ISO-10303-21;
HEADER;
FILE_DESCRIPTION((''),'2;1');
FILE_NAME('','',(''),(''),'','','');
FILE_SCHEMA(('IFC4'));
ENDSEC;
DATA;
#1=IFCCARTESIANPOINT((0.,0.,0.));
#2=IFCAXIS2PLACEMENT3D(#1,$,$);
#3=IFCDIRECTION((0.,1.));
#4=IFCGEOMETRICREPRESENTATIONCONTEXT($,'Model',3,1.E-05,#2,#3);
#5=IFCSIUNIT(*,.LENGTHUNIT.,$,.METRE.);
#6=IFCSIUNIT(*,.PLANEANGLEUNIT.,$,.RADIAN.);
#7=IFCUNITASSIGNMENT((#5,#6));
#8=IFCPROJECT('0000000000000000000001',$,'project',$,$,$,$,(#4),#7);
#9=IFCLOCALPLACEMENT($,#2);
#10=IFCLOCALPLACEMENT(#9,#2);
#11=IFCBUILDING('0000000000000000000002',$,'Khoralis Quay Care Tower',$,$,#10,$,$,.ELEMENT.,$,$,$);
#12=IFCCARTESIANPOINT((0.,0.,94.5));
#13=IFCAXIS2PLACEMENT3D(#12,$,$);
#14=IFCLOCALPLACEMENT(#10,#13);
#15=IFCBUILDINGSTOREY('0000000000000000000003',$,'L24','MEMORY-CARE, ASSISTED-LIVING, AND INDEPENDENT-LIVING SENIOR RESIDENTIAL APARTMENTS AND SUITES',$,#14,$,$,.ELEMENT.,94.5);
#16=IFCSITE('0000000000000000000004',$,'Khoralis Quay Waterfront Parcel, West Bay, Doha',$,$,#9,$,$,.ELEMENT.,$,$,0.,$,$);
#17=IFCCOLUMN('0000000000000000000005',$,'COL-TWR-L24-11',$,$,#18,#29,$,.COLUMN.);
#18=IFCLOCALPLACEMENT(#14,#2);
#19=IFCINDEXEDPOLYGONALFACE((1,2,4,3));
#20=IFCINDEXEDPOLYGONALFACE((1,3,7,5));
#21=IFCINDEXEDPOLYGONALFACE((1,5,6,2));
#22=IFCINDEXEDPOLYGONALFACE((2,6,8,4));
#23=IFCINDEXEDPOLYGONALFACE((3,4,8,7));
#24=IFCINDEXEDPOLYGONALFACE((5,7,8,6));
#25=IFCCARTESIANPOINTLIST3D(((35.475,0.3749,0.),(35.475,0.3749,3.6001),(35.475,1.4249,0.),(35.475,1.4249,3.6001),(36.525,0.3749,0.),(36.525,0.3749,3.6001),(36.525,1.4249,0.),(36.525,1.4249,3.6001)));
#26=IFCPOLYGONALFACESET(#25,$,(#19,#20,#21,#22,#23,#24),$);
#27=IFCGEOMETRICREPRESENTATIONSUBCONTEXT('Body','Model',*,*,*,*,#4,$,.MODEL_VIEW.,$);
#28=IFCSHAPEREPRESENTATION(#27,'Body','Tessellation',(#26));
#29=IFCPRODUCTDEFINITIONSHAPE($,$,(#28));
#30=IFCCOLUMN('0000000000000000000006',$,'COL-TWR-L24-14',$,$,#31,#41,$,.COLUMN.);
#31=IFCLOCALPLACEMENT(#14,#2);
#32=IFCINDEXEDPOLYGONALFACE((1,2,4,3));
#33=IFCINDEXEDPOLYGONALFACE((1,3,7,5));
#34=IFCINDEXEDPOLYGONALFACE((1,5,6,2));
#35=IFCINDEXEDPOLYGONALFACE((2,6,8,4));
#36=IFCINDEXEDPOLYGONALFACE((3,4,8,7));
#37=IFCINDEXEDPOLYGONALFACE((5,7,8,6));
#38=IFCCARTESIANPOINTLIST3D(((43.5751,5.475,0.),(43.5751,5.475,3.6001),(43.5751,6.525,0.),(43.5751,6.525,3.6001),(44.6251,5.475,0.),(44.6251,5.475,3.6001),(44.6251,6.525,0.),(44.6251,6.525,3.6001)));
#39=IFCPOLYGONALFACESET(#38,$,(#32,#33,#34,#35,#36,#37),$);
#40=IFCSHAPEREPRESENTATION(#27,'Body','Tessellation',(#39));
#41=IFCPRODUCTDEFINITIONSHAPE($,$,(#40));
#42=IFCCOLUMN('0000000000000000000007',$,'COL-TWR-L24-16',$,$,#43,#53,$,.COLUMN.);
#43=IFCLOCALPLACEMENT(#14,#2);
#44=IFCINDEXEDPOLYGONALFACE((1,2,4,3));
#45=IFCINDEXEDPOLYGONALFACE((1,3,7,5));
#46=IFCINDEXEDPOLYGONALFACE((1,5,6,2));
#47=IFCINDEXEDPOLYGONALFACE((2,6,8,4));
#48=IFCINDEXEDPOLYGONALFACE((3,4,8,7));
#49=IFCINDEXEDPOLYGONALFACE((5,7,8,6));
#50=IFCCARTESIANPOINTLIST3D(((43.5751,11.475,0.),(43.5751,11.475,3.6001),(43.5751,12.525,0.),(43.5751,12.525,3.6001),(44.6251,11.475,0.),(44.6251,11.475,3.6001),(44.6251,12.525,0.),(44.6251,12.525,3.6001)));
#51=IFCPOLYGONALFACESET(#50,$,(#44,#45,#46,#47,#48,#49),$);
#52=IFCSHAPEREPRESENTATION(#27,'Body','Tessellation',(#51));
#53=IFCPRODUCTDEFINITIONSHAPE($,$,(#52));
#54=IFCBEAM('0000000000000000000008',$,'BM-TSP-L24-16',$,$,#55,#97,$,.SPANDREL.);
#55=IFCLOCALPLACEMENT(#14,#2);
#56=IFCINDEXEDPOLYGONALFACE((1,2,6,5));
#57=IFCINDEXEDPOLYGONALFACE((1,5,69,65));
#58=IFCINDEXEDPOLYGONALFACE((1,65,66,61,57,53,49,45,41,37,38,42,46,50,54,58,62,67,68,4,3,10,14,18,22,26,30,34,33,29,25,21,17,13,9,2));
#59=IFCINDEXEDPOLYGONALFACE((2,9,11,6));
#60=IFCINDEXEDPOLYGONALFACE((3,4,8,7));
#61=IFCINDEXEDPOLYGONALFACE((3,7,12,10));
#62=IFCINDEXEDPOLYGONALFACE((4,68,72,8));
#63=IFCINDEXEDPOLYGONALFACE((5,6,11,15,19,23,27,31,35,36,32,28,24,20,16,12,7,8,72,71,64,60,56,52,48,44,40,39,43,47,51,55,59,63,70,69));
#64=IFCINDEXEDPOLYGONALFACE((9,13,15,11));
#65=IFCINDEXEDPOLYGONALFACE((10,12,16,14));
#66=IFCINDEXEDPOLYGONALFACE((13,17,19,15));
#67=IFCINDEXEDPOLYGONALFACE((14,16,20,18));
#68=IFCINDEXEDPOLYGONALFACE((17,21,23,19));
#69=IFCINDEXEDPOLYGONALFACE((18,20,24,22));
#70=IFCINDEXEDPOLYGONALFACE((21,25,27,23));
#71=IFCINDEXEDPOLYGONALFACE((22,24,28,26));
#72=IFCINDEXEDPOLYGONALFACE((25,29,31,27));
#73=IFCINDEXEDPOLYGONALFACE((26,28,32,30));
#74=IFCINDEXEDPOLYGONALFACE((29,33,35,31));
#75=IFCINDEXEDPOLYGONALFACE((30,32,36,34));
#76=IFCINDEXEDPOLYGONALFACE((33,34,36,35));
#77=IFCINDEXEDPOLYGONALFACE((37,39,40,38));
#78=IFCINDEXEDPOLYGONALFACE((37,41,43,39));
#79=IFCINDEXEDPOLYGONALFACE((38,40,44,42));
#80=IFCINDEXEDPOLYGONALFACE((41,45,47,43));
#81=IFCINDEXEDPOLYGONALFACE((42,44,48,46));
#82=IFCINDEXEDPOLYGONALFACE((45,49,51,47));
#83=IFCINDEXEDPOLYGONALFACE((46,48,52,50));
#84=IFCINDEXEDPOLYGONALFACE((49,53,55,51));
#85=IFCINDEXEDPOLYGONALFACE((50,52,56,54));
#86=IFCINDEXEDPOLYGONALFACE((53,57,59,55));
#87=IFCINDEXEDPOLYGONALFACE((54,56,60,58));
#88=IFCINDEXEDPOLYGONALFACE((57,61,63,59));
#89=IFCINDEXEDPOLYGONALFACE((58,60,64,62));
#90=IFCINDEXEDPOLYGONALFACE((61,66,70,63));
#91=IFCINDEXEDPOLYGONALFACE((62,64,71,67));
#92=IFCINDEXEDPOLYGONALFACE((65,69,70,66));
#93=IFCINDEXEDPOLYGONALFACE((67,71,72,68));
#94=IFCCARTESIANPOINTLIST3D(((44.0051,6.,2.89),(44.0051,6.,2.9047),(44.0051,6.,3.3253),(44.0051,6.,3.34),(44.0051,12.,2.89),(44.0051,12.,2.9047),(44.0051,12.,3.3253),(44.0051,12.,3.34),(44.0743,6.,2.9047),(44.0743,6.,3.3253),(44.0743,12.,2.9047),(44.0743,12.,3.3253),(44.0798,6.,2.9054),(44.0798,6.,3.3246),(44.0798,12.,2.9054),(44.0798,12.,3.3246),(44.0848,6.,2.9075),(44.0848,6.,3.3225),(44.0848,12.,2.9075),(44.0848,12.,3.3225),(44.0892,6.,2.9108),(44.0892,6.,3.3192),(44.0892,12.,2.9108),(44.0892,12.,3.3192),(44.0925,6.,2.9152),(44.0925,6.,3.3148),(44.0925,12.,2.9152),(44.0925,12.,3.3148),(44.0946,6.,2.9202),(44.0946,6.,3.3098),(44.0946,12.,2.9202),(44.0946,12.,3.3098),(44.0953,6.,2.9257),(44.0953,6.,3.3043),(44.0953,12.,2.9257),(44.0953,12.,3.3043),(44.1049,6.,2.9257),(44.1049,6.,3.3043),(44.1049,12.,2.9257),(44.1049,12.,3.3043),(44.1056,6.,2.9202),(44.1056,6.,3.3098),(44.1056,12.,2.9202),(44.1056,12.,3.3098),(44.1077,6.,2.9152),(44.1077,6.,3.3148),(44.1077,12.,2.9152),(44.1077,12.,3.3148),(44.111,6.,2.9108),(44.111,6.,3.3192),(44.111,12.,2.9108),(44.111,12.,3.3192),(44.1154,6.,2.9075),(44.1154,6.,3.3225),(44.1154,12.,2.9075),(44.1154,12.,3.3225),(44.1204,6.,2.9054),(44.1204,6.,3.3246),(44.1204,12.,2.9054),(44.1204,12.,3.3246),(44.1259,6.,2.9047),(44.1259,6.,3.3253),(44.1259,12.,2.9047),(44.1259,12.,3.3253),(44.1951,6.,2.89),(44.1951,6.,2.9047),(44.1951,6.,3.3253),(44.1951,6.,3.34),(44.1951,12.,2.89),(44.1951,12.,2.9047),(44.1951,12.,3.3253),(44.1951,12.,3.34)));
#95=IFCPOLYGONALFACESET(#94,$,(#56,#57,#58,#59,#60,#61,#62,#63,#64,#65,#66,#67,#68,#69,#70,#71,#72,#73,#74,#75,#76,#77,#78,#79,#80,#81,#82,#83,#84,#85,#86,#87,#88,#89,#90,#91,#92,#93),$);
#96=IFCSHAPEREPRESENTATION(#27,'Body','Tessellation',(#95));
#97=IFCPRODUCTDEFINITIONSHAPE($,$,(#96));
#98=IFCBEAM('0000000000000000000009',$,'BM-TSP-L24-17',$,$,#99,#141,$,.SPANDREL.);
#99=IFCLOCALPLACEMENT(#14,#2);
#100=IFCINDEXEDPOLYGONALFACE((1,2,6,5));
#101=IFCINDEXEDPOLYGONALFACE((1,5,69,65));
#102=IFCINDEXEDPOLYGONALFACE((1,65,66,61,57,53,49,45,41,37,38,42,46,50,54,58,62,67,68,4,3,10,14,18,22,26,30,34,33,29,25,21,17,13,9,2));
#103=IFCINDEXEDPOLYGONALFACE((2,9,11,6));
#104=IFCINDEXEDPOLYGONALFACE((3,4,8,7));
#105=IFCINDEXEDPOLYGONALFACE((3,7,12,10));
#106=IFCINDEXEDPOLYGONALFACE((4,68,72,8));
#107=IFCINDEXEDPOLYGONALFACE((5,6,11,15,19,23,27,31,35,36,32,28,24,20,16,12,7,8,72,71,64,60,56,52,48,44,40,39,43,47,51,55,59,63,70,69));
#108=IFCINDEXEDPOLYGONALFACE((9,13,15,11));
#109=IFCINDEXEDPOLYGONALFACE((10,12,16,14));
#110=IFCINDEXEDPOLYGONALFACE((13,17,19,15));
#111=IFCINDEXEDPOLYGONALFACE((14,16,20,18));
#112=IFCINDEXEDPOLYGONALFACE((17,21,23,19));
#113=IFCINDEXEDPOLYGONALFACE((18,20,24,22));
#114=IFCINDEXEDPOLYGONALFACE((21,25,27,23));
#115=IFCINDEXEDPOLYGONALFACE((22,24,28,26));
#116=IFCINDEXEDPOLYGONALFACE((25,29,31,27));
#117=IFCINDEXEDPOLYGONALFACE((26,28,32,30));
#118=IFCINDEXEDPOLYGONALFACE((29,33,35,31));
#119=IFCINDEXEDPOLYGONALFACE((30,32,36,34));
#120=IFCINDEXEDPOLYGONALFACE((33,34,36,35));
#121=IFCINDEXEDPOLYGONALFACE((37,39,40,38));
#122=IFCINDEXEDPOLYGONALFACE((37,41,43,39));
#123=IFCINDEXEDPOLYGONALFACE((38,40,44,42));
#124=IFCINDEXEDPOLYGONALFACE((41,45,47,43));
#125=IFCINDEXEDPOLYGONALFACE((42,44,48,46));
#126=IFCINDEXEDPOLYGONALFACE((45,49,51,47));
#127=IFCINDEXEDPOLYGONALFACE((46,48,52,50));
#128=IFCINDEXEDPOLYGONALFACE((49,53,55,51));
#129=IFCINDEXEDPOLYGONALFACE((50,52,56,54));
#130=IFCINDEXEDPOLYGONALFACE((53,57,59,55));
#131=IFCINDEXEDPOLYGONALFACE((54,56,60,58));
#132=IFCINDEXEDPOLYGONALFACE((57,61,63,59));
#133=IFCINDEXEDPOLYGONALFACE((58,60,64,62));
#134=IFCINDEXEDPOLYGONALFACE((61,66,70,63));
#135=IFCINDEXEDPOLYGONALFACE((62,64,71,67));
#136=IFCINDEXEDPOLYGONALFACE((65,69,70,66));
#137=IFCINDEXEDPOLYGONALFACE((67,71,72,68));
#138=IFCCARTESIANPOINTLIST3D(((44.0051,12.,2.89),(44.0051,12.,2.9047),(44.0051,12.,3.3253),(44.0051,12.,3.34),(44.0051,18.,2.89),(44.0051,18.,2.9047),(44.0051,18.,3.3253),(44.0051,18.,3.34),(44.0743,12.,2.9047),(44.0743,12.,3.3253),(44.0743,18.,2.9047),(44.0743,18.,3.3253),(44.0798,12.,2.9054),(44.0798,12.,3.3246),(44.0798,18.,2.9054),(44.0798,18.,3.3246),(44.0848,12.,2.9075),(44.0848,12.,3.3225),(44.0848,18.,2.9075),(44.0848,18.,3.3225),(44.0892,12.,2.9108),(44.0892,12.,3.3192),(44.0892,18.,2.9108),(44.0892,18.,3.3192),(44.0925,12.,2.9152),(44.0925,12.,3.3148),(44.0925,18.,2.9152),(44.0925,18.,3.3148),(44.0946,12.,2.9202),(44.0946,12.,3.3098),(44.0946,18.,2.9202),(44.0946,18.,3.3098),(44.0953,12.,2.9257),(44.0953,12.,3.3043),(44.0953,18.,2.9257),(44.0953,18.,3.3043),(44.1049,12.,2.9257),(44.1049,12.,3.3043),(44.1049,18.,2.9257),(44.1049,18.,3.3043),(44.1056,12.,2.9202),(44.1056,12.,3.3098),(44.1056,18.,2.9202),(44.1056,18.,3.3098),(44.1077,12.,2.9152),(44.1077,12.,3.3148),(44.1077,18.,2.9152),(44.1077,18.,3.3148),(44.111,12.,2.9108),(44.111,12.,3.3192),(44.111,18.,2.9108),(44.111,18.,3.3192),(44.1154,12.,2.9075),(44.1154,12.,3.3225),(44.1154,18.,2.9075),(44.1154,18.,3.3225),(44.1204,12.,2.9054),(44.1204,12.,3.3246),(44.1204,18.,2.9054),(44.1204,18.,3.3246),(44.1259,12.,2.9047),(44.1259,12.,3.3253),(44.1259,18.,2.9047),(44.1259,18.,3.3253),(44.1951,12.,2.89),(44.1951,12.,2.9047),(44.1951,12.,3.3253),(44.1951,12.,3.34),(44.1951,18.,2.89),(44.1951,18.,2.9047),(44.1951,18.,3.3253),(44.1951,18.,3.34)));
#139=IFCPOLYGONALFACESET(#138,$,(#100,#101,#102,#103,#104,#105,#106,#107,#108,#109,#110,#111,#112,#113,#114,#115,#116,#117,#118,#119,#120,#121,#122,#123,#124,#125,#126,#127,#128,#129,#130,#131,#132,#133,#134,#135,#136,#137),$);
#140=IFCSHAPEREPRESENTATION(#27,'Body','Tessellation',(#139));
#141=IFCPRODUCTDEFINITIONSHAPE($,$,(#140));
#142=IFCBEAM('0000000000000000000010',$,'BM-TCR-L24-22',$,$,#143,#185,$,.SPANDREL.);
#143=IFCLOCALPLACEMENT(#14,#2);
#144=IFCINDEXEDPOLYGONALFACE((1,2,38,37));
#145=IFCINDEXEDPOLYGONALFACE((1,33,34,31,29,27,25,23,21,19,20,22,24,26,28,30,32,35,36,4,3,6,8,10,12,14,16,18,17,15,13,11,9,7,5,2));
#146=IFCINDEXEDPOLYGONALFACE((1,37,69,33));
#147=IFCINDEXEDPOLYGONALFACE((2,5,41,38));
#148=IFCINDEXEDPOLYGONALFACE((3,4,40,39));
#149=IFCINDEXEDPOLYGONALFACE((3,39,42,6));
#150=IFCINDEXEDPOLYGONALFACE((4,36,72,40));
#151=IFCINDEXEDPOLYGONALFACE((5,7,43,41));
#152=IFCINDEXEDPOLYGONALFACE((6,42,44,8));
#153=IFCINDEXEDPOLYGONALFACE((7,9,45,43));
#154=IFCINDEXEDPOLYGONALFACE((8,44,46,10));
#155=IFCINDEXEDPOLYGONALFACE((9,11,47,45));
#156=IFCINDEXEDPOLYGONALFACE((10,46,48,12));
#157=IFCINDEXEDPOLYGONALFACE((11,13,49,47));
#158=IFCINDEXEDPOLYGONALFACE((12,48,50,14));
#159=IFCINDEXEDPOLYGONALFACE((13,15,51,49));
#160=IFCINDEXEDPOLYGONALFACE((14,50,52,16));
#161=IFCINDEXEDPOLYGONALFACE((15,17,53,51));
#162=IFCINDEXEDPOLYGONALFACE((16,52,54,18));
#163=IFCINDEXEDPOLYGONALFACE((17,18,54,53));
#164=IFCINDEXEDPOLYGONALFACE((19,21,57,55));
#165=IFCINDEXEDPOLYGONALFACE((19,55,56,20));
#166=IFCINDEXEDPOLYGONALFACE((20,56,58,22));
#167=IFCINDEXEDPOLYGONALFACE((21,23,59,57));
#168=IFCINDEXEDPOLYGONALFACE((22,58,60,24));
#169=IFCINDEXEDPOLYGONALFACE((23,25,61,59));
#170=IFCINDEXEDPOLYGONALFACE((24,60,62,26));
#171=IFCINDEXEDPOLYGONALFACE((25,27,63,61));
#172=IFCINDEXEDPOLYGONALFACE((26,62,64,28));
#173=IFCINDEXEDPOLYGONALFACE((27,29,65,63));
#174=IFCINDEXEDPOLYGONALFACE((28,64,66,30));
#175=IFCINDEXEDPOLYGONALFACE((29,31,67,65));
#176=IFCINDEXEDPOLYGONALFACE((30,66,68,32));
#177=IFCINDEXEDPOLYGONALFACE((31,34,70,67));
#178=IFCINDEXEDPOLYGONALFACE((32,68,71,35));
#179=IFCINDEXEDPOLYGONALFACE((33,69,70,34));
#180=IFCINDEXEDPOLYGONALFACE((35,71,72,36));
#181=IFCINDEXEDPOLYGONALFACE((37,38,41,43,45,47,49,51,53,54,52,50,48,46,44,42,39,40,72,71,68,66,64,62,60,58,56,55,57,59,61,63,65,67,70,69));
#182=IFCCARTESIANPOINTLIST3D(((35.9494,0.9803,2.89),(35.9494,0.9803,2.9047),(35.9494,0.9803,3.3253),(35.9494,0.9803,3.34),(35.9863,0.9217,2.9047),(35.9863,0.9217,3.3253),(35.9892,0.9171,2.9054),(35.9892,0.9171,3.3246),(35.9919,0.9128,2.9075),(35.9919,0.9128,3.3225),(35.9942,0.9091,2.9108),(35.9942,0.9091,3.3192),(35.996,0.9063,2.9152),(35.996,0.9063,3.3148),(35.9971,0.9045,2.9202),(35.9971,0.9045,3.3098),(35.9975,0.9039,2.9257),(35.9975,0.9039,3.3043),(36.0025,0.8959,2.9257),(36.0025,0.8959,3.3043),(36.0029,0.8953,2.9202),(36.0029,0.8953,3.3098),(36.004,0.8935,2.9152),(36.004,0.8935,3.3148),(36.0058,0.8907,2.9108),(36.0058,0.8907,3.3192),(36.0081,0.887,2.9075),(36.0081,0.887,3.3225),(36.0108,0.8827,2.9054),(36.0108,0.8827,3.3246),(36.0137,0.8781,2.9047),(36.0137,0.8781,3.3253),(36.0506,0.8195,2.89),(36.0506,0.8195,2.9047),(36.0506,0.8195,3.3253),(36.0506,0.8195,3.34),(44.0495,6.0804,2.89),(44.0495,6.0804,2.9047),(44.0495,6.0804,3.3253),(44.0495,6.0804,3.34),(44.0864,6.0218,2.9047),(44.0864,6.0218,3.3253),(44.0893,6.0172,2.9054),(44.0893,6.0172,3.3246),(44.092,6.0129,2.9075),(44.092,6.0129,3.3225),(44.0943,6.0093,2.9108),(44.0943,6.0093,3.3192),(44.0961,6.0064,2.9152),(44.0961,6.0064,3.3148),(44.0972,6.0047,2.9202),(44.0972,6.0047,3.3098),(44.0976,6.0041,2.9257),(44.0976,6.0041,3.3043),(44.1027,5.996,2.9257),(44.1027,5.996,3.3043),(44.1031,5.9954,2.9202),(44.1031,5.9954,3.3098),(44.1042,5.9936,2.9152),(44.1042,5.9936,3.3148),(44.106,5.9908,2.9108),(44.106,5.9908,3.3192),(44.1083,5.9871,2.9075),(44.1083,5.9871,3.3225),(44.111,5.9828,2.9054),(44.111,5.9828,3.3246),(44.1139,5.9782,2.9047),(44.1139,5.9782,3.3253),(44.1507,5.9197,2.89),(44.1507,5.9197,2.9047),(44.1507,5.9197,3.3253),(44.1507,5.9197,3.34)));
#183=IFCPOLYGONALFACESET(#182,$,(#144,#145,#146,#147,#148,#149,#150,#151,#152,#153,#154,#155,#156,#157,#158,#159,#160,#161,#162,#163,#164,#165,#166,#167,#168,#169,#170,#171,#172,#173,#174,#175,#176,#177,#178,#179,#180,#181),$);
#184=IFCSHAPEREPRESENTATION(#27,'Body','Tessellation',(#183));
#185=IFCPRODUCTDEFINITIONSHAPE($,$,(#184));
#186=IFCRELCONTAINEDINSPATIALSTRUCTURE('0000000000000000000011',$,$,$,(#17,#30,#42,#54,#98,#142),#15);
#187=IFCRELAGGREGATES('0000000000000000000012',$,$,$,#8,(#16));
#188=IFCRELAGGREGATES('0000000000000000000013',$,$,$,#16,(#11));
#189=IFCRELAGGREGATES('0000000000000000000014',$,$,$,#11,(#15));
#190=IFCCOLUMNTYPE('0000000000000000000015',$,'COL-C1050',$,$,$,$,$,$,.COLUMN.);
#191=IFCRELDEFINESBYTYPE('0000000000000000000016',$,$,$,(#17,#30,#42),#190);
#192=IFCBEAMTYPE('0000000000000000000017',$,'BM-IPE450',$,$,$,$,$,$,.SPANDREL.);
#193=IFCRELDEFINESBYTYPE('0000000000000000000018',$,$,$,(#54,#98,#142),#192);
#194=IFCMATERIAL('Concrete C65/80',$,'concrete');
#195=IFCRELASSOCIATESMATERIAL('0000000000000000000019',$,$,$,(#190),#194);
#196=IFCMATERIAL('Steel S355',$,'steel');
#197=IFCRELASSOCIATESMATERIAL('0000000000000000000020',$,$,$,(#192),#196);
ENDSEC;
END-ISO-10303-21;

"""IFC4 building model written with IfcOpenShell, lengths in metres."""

from ifc_helpers import new_model, si_unit, direction, frame, origin, origin_2d, place, context, subcontext, project, spatial, rectangle, i_section, extrude, source, transform, mapped, material, material_profile, profile_set, type_object, element, save


model = new_model("IFC4")

# Units and contexts
model_context = context("Model", 3, precision=1e-05, world=origin(), true_north=direction((0.0, 1.0)))
body_context = subcontext(model_context, "Body", "Model", "MODEL_VIEW")
ifc_project = project(units=[si_unit("LENGTHUNIT", "METRE"), si_unit("PLANEANGLEUNIT", "RADIAN")], contexts=[model_context])

# Site, building, storey
site_placement = place(None, origin())
site = spatial("IfcSite", under=ifc_project, at=site_placement, Name="Khoralis Quay Waterfront Parcel, West Bay, Doha", CompositionType="ELEMENT", RefElevation=0.0)
building_placement = place(site_placement, origin())
building = spatial("IfcBuilding", under=site, at=building_placement, Name="Khoralis Quay Care Tower", CompositionType="ELEMENT")
storey_placement = place(building_placement, frame((0.0, 0.0, 94.5)))
storey = spatial("IfcBuildingStorey", under=building, at=storey_placement, Name="L24", Description="MEMORY-CARE, ASSISTED-LIVING, AND INDEPENDENT-LIVING SENIOR RESIDENTIAL APARTMENTS AND SUITES", CompositionType="ELEMENT", Elevation=94.5)

# Columns
ifc_material_1 = material(Name="Concrete C65/80", Category="concrete")
ifc_material_profile_1 = material_profile(ifc_material_1, rectangle(XDim=1.05, YDim=1.05, at=origin_2d()), Name="Concrete C65/80")
ifc_profile_set_1 = profile_set([ifc_material_profile_1], Name="Concrete C65/80")
column_type = type_object("IfcColumnType", Name="COL-C1050", PredefinedType="COLUMN", material=ifc_profile_set_1)
shared_shape_1 = source(origin(), body_context, "Body", "SweptSolid", [
    extrude(rectangle(XDim=1.05, YDim=1.05, at=origin_2d()), origin(), (0.0, 0.0, 1.0), 3.6001),
])
for number, where, z_axis, x_axis, name in (
    (1, (36.0, 0.8999, 0.0), (0.0, 0.0, 1.0), (1.0, 0.0, 0.0), "COL-TWR-L24-11"),
    (2, (44.1001, 6.0, 0.0), (0.0, 0.0, 1.0), (1.0, 0.0, 0.0), "COL-TWR-L24-14"),
    (3, (44.1001, 12.0, 0.0), (0.0, 0.0, 1.0), (1.0, 0.0, 0.0), "COL-TWR-L24-16"),
):
    element("IfcColumn", number, at=place(storey_placement, frame(where, z_axis=z_axis, x_axis=x_axis)), inside=storey, type_object=column_type, Name=name, PredefinedType="COLUMN", context=body_context, shape_type="MappedRepresentation", body=[
        mapped(shared_shape_1, transform((0.0, 0.0, 0.0), scale=1.0)),
    ])

# Beams
ifc_material_2 = material(Name="Steel S355", Category="steel")
ifc_material_profile_2 = material_profile(ifc_material_2, i_section(OverallWidth=0.1899, OverallDepth=0.45, WebThickness=0.0095, FlangeThickness=0.0146, FilletRadius=0.021, at=origin_2d()), Name="Steel S355")
ifc_profile_set_2 = profile_set([ifc_material_profile_2], Name="Steel S355")
beam_type_1 = type_object("IfcBeamType", Name="BM-IPE450", PredefinedType="SPANDREL", material=ifc_profile_set_2)
shared_shape_2 = source(origin(), body_context, "Body", "SweptSolid", [
    extrude(i_section(OverallWidth=0.1899, OverallDepth=0.45, WebThickness=0.0095, FlangeThickness=0.0146, FilletRadius=0.021, at=origin_2d()), origin(), (0.0, 0.0, 1.0), 6.0),
])
for number, where, z_axis, x_axis, name in (
    (4, (44.1001, 6.0, 3.115), (0.0, 1.0, 0.0), (-1.0, 0.0, 0.0), "BM-TSP-L24-16"),
    (5, (44.1001, 12.0, 3.115), (0.0, 1.0, 0.0), (-1.0, 0.0, 0.0), "BM-TSP-L24-17"),
):
    element("IfcBeam", number, at=place(storey_placement, frame(where, z_axis=z_axis, x_axis=x_axis)), inside=storey, type_object=beam_type_1, Name=name, PredefinedType="SPANDREL", context=body_context, shape_type="MappedRepresentation", body=[
        mapped(shared_shape_2, transform((0.0, 0.0, 0.0), scale=1.0)),
    ])
shared_shape_3 = source(origin(), body_context, "Body", "SweptSolid", [
    extrude(i_section(OverallWidth=0.1899, OverallDepth=0.45, WebThickness=0.0095, FlangeThickness=0.0146, FilletRadius=0.021, at=origin_2d()), origin(), (0.0, 0.0, 1.0), 9.572),
])
beam_1_placement = place(storey_placement, frame((36.0, 0.8999, 3.115), z_axis=(0.846231, 0.532816, 0.0), x_axis=(-0.532816, 0.846231, 0.0)))
element("IfcBeam", 6, at=beam_1_placement, inside=storey, type_object=beam_type_1, Name="BM-TCR-L24-22", PredefinedType="SPANDREL", context=body_context, shape_type="MappedRepresentation", body=[
    mapped(shared_shape_3, transform((0.0, 0.0, 0.0), scale=1.0)),
])

save(model, "model.ifc")
